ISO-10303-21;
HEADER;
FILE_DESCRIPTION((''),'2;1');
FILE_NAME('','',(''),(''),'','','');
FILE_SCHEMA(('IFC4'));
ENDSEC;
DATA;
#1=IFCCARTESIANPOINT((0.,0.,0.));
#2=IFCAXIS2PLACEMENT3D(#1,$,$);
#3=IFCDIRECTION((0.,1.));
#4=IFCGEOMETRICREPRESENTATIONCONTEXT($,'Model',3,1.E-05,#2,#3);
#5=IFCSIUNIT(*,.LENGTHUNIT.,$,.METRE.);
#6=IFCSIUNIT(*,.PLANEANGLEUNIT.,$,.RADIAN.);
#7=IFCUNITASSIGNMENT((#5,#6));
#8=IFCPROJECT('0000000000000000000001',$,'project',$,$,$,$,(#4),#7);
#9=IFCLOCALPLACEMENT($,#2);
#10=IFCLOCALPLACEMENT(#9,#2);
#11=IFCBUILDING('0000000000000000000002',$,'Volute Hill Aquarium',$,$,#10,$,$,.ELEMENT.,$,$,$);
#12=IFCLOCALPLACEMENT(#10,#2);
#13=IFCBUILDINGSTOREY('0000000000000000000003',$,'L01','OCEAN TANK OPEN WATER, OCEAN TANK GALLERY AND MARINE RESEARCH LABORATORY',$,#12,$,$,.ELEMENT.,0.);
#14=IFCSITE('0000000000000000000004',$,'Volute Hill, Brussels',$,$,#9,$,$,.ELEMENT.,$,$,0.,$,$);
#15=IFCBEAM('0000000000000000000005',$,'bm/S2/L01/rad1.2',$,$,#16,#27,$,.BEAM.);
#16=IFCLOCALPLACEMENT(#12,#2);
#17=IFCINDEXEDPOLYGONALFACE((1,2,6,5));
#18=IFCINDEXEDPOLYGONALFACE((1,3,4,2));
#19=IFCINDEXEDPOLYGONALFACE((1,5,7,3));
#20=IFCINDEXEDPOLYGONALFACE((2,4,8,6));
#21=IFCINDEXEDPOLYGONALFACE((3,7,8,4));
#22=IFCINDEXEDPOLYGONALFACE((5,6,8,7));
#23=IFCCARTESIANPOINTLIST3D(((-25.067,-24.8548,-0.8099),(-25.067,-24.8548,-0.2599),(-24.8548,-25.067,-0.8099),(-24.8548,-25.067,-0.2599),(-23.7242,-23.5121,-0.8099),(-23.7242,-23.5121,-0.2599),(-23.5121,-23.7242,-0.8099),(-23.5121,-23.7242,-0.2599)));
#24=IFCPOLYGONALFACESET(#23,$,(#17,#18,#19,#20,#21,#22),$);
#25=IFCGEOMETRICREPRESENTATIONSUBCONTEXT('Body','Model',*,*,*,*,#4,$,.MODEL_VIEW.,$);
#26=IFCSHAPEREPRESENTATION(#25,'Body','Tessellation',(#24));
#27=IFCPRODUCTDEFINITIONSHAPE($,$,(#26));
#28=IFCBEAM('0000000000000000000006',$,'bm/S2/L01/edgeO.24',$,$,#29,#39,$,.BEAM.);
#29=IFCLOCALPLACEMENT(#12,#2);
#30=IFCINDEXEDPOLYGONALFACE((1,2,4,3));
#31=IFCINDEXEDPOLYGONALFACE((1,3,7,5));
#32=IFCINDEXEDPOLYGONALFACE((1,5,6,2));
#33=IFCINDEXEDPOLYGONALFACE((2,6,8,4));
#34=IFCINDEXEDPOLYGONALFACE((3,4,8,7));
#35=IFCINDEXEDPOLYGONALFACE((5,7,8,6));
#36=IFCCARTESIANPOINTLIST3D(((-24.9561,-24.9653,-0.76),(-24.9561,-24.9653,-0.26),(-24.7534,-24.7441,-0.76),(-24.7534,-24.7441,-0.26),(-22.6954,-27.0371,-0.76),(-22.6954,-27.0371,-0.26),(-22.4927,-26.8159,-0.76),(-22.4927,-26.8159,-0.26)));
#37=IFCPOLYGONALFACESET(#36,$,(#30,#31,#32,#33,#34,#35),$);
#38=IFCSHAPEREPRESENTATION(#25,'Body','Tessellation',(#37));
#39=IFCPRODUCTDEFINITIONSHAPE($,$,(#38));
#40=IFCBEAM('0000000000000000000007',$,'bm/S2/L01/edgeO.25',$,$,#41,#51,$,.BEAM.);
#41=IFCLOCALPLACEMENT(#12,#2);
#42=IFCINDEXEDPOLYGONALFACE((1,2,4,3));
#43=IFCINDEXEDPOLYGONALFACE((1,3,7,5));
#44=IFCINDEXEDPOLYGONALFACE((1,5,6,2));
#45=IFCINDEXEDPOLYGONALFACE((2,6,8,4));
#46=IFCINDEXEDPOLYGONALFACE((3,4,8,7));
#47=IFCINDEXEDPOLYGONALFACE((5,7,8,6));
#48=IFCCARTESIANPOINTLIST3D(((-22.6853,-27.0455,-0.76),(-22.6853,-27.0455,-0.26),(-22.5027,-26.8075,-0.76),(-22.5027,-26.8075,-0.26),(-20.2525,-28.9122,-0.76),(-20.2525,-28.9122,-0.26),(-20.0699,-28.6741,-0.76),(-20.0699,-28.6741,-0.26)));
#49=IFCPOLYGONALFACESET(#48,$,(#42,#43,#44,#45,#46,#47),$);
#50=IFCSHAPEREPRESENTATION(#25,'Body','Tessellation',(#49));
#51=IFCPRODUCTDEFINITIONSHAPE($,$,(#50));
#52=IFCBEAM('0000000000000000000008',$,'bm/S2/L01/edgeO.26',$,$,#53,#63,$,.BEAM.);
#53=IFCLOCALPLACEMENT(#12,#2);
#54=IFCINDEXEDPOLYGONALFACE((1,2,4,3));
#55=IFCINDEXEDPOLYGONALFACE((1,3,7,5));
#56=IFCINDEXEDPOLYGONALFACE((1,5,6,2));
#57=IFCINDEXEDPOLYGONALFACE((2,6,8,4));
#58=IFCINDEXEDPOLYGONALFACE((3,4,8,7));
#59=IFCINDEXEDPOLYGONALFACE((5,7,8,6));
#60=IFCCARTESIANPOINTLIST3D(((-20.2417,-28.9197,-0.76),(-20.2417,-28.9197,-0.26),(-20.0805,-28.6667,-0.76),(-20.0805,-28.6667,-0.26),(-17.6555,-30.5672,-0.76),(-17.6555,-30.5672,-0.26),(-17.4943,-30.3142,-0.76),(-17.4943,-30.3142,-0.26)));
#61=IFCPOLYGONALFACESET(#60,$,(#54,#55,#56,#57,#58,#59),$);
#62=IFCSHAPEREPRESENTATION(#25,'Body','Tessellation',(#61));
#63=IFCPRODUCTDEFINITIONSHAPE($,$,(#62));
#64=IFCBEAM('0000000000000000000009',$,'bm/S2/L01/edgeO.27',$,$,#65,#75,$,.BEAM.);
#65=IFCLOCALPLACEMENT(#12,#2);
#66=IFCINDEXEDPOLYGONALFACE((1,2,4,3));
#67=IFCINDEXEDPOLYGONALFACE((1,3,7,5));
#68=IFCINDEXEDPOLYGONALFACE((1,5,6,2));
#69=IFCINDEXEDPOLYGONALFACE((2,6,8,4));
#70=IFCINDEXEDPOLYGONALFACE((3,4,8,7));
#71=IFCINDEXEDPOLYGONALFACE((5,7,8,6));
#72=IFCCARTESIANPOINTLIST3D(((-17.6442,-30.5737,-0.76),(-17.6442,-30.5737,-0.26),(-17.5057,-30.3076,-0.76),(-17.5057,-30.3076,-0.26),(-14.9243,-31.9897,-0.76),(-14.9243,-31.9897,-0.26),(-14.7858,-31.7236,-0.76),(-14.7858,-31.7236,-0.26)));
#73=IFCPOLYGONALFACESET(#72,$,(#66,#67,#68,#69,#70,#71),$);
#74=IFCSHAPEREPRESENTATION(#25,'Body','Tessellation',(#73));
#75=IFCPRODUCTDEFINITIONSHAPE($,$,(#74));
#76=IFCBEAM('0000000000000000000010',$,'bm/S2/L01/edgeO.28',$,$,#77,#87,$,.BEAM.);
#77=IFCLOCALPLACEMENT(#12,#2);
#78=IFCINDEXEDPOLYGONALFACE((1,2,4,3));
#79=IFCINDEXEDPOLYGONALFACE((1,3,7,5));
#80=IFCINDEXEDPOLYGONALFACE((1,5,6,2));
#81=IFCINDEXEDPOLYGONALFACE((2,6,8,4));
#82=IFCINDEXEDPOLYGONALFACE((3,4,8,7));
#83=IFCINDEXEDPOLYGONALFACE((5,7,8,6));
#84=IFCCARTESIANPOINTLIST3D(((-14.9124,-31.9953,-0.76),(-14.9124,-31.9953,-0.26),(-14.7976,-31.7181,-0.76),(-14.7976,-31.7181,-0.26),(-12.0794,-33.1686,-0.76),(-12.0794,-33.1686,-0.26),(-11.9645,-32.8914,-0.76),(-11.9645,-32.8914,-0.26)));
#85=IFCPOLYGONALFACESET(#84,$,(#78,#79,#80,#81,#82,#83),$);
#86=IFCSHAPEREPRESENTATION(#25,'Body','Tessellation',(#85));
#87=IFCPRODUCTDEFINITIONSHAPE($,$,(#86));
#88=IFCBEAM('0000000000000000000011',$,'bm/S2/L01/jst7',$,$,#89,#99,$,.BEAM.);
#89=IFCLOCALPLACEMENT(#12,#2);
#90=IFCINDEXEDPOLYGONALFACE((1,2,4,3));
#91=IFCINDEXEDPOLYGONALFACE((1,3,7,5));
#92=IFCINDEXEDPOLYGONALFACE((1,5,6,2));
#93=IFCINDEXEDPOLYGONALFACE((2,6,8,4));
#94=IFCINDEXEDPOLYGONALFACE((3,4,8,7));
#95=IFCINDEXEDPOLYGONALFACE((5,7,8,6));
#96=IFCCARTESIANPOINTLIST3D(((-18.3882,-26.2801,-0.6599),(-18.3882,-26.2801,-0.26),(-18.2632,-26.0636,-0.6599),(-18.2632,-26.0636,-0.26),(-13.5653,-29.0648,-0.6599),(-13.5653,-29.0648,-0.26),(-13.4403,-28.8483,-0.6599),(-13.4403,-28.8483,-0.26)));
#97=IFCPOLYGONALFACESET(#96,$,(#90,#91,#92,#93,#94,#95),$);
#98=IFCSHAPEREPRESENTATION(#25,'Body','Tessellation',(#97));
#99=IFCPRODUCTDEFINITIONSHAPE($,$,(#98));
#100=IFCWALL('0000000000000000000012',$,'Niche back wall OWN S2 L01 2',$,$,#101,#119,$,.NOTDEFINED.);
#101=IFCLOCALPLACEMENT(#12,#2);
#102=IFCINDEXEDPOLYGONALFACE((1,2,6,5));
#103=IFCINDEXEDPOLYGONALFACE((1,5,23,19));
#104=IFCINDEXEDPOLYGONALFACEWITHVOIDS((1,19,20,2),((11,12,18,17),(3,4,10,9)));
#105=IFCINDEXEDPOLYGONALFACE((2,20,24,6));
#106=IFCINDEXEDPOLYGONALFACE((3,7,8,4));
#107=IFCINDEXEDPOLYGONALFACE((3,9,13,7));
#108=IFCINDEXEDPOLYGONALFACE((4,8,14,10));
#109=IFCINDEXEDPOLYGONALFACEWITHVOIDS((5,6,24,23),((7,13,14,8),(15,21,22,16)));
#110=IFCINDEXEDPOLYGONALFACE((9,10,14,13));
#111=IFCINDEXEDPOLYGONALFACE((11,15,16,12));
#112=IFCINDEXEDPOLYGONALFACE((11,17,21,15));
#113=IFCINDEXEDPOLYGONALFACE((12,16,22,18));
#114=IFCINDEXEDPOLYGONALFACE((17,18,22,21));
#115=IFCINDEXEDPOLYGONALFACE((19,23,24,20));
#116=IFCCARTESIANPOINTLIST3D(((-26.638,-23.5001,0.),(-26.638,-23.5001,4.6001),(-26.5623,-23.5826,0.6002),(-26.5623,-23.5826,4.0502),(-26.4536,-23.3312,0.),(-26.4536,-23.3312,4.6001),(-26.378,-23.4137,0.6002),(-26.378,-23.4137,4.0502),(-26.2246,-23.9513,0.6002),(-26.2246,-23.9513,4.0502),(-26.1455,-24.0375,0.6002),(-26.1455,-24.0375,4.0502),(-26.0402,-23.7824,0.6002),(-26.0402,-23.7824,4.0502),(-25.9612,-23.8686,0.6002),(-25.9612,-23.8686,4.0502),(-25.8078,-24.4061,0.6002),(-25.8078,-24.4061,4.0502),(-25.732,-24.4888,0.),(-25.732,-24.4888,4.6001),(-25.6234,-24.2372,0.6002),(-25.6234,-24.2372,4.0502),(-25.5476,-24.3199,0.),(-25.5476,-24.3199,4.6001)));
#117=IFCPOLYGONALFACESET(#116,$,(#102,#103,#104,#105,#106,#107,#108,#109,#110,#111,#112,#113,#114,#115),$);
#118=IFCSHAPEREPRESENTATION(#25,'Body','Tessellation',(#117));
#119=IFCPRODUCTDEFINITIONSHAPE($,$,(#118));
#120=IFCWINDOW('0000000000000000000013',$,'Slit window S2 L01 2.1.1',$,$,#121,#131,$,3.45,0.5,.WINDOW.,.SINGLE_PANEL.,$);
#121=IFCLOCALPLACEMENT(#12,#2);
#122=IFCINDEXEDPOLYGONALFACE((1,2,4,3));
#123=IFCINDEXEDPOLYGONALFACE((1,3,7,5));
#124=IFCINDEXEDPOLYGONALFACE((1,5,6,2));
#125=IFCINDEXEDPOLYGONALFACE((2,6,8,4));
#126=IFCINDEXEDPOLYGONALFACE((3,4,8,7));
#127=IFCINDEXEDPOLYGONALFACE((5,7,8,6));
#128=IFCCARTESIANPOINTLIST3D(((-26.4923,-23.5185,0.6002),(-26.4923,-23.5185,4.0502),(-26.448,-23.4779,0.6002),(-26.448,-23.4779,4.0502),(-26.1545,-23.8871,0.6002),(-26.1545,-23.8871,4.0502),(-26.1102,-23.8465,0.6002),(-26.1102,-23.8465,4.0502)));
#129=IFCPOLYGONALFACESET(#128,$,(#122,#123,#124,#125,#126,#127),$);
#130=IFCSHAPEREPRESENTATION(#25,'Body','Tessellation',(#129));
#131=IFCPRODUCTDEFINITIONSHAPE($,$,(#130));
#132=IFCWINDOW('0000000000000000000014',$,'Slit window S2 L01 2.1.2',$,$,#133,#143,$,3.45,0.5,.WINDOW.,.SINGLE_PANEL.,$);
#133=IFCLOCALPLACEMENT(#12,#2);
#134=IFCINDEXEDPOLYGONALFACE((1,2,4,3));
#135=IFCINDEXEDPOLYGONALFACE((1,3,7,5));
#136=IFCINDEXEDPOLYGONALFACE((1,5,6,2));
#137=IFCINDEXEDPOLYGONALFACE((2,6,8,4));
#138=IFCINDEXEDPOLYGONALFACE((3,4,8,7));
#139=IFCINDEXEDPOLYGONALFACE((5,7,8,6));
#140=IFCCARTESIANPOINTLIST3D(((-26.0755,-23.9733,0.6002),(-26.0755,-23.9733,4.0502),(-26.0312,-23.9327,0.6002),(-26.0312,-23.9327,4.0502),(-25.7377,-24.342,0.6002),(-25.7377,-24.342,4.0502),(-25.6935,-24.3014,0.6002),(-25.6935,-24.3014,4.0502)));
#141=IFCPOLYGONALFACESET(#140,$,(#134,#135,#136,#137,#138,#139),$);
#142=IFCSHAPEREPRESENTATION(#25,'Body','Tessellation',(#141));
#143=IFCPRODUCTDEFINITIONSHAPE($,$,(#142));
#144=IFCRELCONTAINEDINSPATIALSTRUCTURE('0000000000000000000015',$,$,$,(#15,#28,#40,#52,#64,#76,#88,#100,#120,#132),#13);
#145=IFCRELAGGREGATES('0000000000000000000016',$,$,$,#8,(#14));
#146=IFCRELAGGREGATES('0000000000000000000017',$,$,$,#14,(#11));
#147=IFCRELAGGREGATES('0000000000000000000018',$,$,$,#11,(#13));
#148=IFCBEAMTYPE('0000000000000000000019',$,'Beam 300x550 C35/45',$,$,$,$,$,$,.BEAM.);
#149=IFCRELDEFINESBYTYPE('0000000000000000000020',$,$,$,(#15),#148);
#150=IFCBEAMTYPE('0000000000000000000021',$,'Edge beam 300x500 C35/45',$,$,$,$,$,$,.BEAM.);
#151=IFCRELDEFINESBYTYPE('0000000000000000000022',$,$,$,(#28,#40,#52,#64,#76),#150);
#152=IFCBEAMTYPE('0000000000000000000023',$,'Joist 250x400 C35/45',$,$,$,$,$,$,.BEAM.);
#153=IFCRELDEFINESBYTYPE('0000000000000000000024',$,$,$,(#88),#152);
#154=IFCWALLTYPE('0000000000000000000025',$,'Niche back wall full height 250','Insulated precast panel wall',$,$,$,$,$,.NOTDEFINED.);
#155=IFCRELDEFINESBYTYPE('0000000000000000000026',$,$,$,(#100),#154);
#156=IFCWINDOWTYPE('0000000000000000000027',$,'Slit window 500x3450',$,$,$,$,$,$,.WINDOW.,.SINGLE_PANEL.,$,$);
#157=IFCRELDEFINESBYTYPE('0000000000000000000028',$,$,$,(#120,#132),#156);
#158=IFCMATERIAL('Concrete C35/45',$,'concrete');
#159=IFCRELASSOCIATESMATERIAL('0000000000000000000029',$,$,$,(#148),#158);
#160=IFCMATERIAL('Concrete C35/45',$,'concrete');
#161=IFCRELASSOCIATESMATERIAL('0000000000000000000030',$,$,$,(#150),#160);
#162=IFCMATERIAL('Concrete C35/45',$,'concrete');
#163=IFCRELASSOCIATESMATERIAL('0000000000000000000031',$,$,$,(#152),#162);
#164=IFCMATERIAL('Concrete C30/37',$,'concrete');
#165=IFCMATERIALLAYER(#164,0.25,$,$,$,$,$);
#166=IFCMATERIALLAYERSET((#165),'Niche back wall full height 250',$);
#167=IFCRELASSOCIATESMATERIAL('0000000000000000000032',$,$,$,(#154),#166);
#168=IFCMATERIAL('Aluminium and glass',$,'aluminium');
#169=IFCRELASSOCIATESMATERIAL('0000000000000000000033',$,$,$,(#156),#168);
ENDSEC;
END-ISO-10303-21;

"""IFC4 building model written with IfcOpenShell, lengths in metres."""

from ifc_helpers import new_model, si_unit, direction, frame, frame_2d, origin, origin_2d, place, context, subcontext, project, spatial, rectangle, extrude, material, layer, layer_set, material_profile, profile_set, type_object, element, fill, save


model = new_model("IFC4")

# Units and contexts
model_context = context("Model", 3, precision=1e-05, world=origin(), true_north=direction((0.0, 1.0)))
body_context = subcontext(model_context, "Body", "Model", "MODEL_VIEW")
ifc_project = project(units=[si_unit("LENGTHUNIT", "METRE"), si_unit("PLANEANGLEUNIT", "RADIAN")], contexts=[model_context])

# Site, building, storey
site_placement = place(None, origin())
site = spatial("IfcSite", under=ifc_project, at=site_placement, Name="Volute Hill, Brussels", CompositionType="ELEMENT", RefElevation=0.0)
building_placement = place(site_placement, origin())
building = spatial("IfcBuilding", under=site, at=building_placement, Name="Volute Hill Aquarium", CompositionType="ELEMENT")
storey_placement = place(building_placement, origin())
storey = spatial("IfcBuildingStorey", under=building, at=storey_placement, Name="L01", Description="OCEAN TANK OPEN WATER, OCEAN TANK GALLERY AND MARINE RESEARCH LABORATORY", CompositionType="ELEMENT", Elevation=0.0)

# Beams
ifc_material_1 = material(Name="Concrete C35/45", Category="concrete")
ifc_material_profile_1 = material_profile(ifc_material_1, rectangle(XDim=0.3, YDim=0.55, at=origin_2d()), Name="RC beam 300x550")
ifc_profile_set_1 = profile_set([ifc_material_profile_1], Name="Concrete C35/45")
beam_type_1 = type_object("IfcBeamType", Name="Beam 300x550 C35/45", PredefinedType="BEAM", material=ifc_profile_set_1)
beam_1_placement = place(storey_placement, frame((-23.6182, -23.6182, -0.5349), z_axis=(-0.707107, -0.707107, 0.0), x_axis=(0.707107, -0.707107, 0.0)))
element("IfcBeam", 1, at=beam_1_placement, inside=storey, type_object=beam_type_1, Name="bm/S2/L01/rad1.2", PredefinedType="BEAM", context=body_context, shape_type="SweptSolid", body=[
    extrude(rectangle(XDim=0.3, YDim=0.55, at=origin_2d()), origin(), (0.0, 0.0, 1.0), 1.8989),
])
ifc_material_2 = material(Name="Concrete C35/45", Category="concrete")
ifc_material_profile_2 = material_profile(ifc_material_2, rectangle(XDim=0.3, YDim=0.5, at=origin_2d()), Name="RC edge beam 300x500")
ifc_profile_set_2 = profile_set([ifc_material_profile_2], Name="Concrete C35/45")
beam_type_2 = type_object("IfcBeamType", Name="Edge beam 300x500 C35/45", PredefinedType="BEAM", material=ifc_profile_set_2)
for number, where, z_axis, x_axis, name in (
    (2, (-24.8547, -24.8547, -0.51), (0.737247, -0.675624, 0.0), (0.675624, 0.737247, 0.0), "bm/S2/L01/edgeO.24"),
    (3, (-22.594, -26.9265, -0.51), (0.793369, -0.608741, 0.0), (0.608741, 0.793369, 0.0), "bm/S2/L01/edgeO.25"),
    (4, (-20.1611, -28.7932, -0.51), (0.843409, -0.537272, 0.0), (0.537272, 0.843409, 0.0), "bm/S2/L01/edgeO.26"),
    (5, (-17.575, -30.4407, -0.51), (0.886999, -0.461771, 0.0), (0.461771, 0.886999, 0.0), "bm/S2/L01/edgeO.27"),
    (6, (-14.855, -31.8567, -0.51), (0.923895, -0.382647, 0.0), (0.382647, 0.923895, 0.0), "bm/S2/L01/edgeO.28"),
):
    element("IfcBeam", number, at=place(storey_placement, frame(where, z_axis=z_axis, x_axis=x_axis)), inside=storey, type_object=beam_type_2, Name=name, PredefinedType="BEAM", context=body_context, shape_type="SweptSolid", body=[
        extrude(rectangle(XDim=0.3, YDim=0.5, at=origin_2d()), origin(), (0.0, 0.0, 1.0), 3.0664),
    ])
ifc_material_3 = material(Name="Concrete C35/45", Category="concrete")
ifc_material_profile_3 = material_profile(ifc_material_3, rectangle(XDim=0.25, YDim=0.3999, at=origin_2d()), Name="RC joist 250x400")
ifc_profile_set_3 = profile_set([ifc_material_profile_3], Name="Concrete C35/45")
beam_type_3 = type_object("IfcBeamType", Name="Joist 250x400 C35/45", PredefinedType="BEAM", material=ifc_profile_set_3)
beam_2_placement = place(storey_placement, frame((-18.3257, -26.1719, -0.46), z_axis=(0.866017, -0.500015, 0.0), x_axis=(0.500015, 0.866017, 0.0)))
element("IfcBeam", 7, at=beam_2_placement, inside=storey, type_object=beam_type_3, Name="bm/S2/L01/jst7", PredefinedType="BEAM", context=body_context, shape_type="SweptSolid", body=[
    extrude(rectangle(XDim=0.25, YDim=0.3999, at=origin_2d()), origin(), (0.0, 0.0, 1.0), 5.5691),
])

# Wall, openings, windows
ifc_material_4 = material(Name="Concrete C30/37", Category="concrete")
ifc_layer = layer(ifc_material_4, 0.25)
ifc_layer_set = layer_set([ifc_layer], Name="Niche back wall full height 250")
wall_type = type_object("IfcWallType", Name="Niche back wall full height 250", Description="Insulated precast panel wall", PredefinedType="NOTDEFINED", material=ifc_layer_set)
wall_1_placement = place(storey_placement, frame((-25.6399, -24.4043, 0.0), z_axis=(0.0, 0.0, 1.0), x_axis=(-0.675576, 0.73729, 0.0)))
wall_1 = element("IfcWall", 8, at=wall_1_placement, inside=storey, type_object=wall_type, Name="Niche back wall OWN S2 L01 2", PredefinedType="NOTDEFINED", context=body_context, shape_type="SweptSolid", body=[
    extrude(rectangle(XDim=1.3411, YDim=0.25, at=frame_2d((0.6704, 0.0))), origin(), (0.0, 0.0, 1.0), 4.6001),
])
opening_1_placement = place(wall_1_placement, frame((0.729, 0.0, 0.6001)))
opening_1 = element("IfcOpeningElement", 9, at=opening_1_placement, cuts=wall_1, PredefinedType="OPENING", context=body_context, shape_type="SweptSolid", body=[
    extrude(rectangle(XDim=0.5, YDim=3.45, at=frame_2d((0.25, 1.7251))), frame((0.0, 0.135, 0.0), z_axis=(0.0, -1.0, 0.0), x_axis=(1.0, 0.0, 0.0)), (0.0, 0.0, 1.0), 0.27),
])
opening_2_placement = place(wall_1_placement, frame((0.1121, 0.0, 0.6001)))
opening_2 = element("IfcOpeningElement", 10, at=opening_2_placement, cuts=wall_1, PredefinedType="OPENING", context=body_context, shape_type="SweptSolid", body=[
    extrude(rectangle(XDim=0.5, YDim=3.45, at=frame_2d((0.25, 1.7251))), frame((0.0, 0.135, 0.0), z_axis=(0.0, -1.0, 0.0), x_axis=(1.0, 0.0, 0.0)), (0.0, 0.0, 1.0), 0.27),
])
ifc_material_5 = material(Name="Aluminium and glass", Category="aluminium")
window_type = type_object("IfcWindowType", Name="Slit window 500x3450", PartitioningType="SINGLE_PANEL", PredefinedType="WINDOW", material=ifc_material_5)
window_1_placement = place(opening_1_placement, origin())
window_1 = element("IfcWindow", 11, at=window_1_placement, inside=storey, type_object=window_type, Name="Slit window S2 L01 2.1.1", OverallHeight=3.45, OverallWidth=0.5, PartitioningType="SINGLE_PANEL", PredefinedType="WINDOW", context=body_context, shape_type="SweptSolid", body=[
    extrude(rectangle(XDim=0.5, YDim=3.45, at=frame_2d((0.25, 1.7251))), frame((0.0, 0.03, 0.0), z_axis=(0.0, -1.0, 0.0), x_axis=(1.0, 0.0, 0.0)), (0.0, 0.0, 1.0), 0.0601),
])
fill(opening_1, window_1)
window_2_placement = place(opening_2_placement, origin())
window_2 = element("IfcWindow", 12, at=window_2_placement, inside=storey, type_object=window_type, Name="Slit window S2 L01 2.1.2", OverallHeight=3.45, OverallWidth=0.5, PartitioningType="SINGLE_PANEL", PredefinedType="WINDOW", context=body_context, shape_type="SweptSolid", body=[
    extrude(rectangle(XDim=0.5, YDim=3.45, at=frame_2d((0.25, 1.7251))), frame((0.0, 0.03, 0.0), z_axis=(0.0, -1.0, 0.0), x_axis=(1.0, 0.0, 0.0)), (0.0, 0.0, 1.0), 0.0601),
])
fill(opening_2, window_2)

save(model, "model.ifc")
